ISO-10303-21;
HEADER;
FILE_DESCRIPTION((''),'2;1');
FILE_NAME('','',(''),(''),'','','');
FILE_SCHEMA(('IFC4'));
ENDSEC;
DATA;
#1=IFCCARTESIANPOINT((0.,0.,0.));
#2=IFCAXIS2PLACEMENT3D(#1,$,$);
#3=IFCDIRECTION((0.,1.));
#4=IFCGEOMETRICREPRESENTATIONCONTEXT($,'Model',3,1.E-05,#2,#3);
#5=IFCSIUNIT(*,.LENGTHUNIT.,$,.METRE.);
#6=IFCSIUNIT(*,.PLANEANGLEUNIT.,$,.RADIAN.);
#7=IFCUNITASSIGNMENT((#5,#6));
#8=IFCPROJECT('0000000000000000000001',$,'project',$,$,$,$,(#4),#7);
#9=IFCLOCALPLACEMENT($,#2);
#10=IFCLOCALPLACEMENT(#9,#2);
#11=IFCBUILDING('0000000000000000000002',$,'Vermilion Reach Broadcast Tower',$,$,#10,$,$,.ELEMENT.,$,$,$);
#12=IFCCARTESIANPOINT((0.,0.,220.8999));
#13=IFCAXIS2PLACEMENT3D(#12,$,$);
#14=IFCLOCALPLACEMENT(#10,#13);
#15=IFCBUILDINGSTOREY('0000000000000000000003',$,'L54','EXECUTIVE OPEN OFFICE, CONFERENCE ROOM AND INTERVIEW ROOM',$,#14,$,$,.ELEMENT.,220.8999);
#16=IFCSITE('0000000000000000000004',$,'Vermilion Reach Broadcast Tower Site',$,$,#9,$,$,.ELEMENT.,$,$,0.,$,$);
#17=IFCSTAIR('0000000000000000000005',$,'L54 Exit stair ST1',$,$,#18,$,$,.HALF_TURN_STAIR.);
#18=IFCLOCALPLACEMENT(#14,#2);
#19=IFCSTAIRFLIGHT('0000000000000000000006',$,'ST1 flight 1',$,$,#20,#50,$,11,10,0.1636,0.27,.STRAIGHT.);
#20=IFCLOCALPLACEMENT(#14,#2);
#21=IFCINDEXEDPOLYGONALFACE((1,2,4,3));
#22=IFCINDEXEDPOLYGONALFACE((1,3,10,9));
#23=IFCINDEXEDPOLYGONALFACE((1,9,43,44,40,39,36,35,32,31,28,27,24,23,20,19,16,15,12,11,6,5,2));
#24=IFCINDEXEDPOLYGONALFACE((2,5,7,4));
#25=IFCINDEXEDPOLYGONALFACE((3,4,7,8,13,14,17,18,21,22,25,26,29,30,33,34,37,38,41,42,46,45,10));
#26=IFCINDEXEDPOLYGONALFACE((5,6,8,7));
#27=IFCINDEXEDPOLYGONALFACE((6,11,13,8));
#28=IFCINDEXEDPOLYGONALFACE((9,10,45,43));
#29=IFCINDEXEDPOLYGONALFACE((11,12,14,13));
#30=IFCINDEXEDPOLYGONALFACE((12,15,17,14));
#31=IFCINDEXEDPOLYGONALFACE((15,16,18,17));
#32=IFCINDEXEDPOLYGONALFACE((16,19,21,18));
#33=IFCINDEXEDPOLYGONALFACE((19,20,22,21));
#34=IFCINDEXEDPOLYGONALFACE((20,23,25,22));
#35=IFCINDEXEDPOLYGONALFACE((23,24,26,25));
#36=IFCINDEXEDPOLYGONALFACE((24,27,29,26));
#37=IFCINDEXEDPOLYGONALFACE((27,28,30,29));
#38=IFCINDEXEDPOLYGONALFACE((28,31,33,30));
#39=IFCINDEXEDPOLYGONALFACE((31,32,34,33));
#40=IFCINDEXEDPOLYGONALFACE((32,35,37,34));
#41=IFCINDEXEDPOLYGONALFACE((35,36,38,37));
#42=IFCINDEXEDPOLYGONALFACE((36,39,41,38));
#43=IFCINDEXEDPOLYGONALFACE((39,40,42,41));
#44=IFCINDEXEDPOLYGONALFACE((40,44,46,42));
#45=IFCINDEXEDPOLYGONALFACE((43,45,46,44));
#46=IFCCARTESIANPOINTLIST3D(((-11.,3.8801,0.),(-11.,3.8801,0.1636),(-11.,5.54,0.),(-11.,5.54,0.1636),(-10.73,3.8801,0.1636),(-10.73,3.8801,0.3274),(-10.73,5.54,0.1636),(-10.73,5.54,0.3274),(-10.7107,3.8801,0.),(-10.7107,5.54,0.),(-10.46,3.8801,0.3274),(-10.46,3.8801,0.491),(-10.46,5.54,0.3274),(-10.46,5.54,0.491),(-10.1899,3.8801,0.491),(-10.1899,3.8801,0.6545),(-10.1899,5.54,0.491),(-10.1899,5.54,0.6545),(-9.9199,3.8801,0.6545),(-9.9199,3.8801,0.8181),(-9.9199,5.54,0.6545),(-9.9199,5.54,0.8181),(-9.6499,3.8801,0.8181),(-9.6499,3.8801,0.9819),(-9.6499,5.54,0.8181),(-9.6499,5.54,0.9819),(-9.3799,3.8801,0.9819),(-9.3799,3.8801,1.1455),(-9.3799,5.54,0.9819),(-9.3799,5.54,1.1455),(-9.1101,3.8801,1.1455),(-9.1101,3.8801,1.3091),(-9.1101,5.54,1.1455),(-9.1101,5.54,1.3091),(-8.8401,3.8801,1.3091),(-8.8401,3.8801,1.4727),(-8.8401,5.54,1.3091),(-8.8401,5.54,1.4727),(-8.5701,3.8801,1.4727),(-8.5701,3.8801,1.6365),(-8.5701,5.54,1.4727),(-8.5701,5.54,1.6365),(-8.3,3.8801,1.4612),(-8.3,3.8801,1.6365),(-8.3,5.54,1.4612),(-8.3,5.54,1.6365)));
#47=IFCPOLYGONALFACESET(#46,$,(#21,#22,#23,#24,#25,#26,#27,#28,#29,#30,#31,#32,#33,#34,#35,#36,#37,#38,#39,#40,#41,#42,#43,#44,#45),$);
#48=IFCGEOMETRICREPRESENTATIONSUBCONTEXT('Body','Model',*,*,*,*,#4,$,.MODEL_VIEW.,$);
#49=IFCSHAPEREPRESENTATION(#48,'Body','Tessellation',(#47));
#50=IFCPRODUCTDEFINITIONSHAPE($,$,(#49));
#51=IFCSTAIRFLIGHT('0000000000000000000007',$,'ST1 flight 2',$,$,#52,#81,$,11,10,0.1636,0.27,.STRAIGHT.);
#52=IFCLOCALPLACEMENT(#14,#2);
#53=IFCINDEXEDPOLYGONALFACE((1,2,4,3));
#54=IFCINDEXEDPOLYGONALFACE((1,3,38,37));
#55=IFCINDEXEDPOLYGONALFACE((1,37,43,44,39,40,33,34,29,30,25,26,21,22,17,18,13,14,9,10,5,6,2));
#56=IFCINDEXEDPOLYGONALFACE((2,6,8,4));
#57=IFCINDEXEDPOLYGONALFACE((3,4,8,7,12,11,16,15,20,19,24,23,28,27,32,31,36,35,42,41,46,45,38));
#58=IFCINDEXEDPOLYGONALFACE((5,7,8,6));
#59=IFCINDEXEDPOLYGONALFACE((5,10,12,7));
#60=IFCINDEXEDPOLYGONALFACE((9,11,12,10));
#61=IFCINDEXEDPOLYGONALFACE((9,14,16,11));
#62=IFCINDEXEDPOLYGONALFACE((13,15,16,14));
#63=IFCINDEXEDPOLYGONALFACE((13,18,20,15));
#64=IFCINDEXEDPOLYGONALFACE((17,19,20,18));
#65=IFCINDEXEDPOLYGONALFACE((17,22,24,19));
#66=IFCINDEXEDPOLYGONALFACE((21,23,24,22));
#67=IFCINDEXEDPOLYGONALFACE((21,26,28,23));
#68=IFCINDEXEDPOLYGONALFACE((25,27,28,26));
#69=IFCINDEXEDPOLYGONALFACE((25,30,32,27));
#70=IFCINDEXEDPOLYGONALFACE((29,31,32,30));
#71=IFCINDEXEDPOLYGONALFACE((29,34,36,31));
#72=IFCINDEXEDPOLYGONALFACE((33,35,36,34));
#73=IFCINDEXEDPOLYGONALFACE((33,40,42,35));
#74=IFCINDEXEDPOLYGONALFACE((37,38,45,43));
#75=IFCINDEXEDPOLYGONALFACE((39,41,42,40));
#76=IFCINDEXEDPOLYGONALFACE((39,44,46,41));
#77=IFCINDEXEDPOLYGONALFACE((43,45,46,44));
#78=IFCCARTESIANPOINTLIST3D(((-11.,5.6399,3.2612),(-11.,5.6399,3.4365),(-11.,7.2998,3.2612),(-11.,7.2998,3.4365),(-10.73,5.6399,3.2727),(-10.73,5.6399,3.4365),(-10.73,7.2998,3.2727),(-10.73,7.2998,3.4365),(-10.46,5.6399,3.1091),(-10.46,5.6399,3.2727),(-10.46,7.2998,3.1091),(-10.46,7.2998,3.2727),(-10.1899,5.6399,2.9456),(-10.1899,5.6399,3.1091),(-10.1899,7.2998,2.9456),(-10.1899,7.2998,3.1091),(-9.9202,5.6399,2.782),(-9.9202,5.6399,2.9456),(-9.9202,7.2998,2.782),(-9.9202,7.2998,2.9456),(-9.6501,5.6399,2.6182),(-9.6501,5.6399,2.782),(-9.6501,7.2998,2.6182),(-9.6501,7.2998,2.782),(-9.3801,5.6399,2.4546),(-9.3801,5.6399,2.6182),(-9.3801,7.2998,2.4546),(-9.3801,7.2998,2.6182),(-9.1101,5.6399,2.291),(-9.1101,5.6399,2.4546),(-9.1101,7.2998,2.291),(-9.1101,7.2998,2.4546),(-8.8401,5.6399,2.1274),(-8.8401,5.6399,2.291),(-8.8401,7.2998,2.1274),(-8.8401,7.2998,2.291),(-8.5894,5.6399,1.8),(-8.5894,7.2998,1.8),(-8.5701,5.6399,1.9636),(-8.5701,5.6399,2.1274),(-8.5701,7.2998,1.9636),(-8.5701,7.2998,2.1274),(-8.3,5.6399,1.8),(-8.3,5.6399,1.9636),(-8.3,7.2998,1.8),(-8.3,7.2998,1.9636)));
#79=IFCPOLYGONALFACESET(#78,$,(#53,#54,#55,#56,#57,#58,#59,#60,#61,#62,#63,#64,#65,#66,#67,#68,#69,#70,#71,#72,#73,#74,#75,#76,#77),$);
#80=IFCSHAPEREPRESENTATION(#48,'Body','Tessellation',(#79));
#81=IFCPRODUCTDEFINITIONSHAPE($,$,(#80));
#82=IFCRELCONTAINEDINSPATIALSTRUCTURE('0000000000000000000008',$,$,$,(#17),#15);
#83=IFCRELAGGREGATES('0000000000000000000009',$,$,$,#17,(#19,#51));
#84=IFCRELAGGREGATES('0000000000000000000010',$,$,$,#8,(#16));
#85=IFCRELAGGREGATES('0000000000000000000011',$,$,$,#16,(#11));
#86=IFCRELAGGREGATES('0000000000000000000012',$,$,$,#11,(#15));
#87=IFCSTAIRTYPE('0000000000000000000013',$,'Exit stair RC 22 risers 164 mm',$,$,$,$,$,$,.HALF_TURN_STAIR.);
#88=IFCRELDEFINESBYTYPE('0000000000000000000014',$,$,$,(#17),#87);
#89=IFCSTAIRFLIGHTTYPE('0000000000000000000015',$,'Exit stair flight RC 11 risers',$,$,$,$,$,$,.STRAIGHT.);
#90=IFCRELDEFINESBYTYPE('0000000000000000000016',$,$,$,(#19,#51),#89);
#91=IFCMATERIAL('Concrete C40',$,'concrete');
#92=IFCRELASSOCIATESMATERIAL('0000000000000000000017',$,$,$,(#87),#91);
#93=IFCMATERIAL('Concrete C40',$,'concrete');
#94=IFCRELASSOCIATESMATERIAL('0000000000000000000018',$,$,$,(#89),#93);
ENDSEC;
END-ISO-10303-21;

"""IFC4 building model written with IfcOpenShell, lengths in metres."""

from ifc_helpers import new_model, si_unit, direction, frame, origin, place, context, subcontext, project, spatial, polyline, outline, extrude, material, type_object, element, aggregate, save


model = new_model("IFC4")

# Units and contexts
model_context = context("Model", 3, precision=1e-05, world=origin(), true_north=direction((0.0, 1.0)))
body_context = subcontext(model_context, "Body", "Model", "MODEL_VIEW")
ifc_project = project(units=[si_unit("LENGTHUNIT", "METRE"), si_unit("PLANEANGLEUNIT", "RADIAN")], contexts=[model_context])

# Site, building, storey
site_placement = place(None, origin())
site = spatial("IfcSite", under=ifc_project, at=site_placement, Name="Vermilion Reach Broadcast Tower Site", CompositionType="ELEMENT", RefElevation=0.0)
building_placement = place(site_placement, origin())
building = spatial("IfcBuilding", under=site, at=building_placement, Name="Vermilion Reach Broadcast Tower", CompositionType="ELEMENT")
storey_placement = place(building_placement, frame((0.0, 0.0, 220.8999)))
storey = spatial("IfcBuildingStorey", under=building, at=storey_placement, Name="L54", Description="EXECUTIVE OPEN OFFICE, CONFERENCE ROOM AND INTERVIEW ROOM", CompositionType="ELEMENT", Elevation=220.8999)

# Stair, stair flights
ifc_material_1 = material(Name="Concrete C40", Category="concrete")
stair_type = type_object("IfcStairType", Name="Exit stair RC 22 risers 164 mm", PredefinedType="HALF_TURN_STAIR", material=ifc_material_1)
stair_placement = place(storey_placement, origin())
stair = element("IfcStair", 1, at=stair_placement, inside=storey, type_object=stair_type, Name="L54 Exit stair ST1", PredefinedType="HALF_TURN_STAIR")
ifc_material_2 = material(Name="Concrete C40", Category="concrete")
stair_flight_type = type_object("IfcStairFlightType", Name="Exit stair flight RC 11 risers", PredefinedType="STRAIGHT", material=ifc_material_2)
stair_flight_1_placement = place(storey_placement, frame((-11.0, 4.71, 0.0), z_axis=(0.0, 0.0, 1.0), x_axis=(1.0, 0.0, 0.0)))
stair_flight_1 = element("IfcStairFlight", 2, at=stair_flight_1_placement, type_object=stair_flight_type, Name="ST1 flight 1", NumberOfRisers=11, NumberOfTreads=10, PredefinedType="STRAIGHT", RiserHeight=0.1636, TreadLength=0.27, context=body_context, shape_type="SweptSolid", body=[
    extrude(outline(polyline([(0.0, 0.0), (0.0, 0.1636), (0.27, 0.1636), (0.27, 0.3274), (0.54, 0.3274), (0.54, 0.491), (0.8101, 0.491), (0.8101, 0.6545), (1.0801, 0.6545), (1.0801, 0.8181), (1.3501, 0.8181), (1.3501, 0.9819), (1.6201, 0.9819), (1.6201, 1.1455), (1.8899, 1.1455), (1.8899, 1.3091), (2.1599, 1.3091), (2.1599, 1.4727), (2.4299, 1.4727), (2.4299, 1.6365), (2.7, 1.6365), (2.7, 1.8), (2.7, 1.4612), (0.2893, 0.0), (0.0, 0.0)])), frame((0.0, 0.8301, 0.0), z_axis=(0.0, -1.0, 0.0), x_axis=(1.0, 0.0, 0.0)), (0.0, 0.0, 1.0), 1.6599),
])
stair_flight_2_placement = place(storey_placement, frame((-8.3, 6.47, 1.8), z_axis=(0.0, 0.0, 1.0), x_axis=(-1.0, 0.0, 0.0)))
stair_flight_2 = element("IfcStairFlight", 3, at=stair_flight_2_placement, type_object=stair_flight_type, Name="ST1 flight 2", NumberOfRisers=11, NumberOfTreads=10, PredefinedType="STRAIGHT", RiserHeight=0.1636, TreadLength=0.27, context=body_context, shape_type="SweptSolid", body=[
    extrude(outline(polyline([(0.0, 0.0), (0.0, 0.1636), (0.27, 0.1636), (0.27, 0.3274), (0.54, 0.3274), (0.54, 0.491), (0.8101, 0.491), (0.8101, 0.6545), (1.0801, 0.6545), (1.0801, 0.8181), (1.3501, 0.8181), (1.3501, 0.9819), (1.6201, 0.9819), (1.6201, 1.1455), (1.8899, 1.1455), (1.8899, 1.3091), (2.1599, 1.3091), (2.1599, 1.4727), (2.4299, 1.4727), (2.4299, 1.6365), (2.7, 1.6365), (2.7, 1.8), (2.7, 1.4612), (0.2893, 0.0), (0.0, 0.0)])), frame((0.0, 0.8301, 0.0), z_axis=(0.0, -1.0, 0.0), x_axis=(1.0, 0.0, 0.0)), (0.0, 0.0, 1.0), 1.6599),
])
aggregate(stair, [stair_flight_1, stair_flight_2])

save(model, "model.ifc")
